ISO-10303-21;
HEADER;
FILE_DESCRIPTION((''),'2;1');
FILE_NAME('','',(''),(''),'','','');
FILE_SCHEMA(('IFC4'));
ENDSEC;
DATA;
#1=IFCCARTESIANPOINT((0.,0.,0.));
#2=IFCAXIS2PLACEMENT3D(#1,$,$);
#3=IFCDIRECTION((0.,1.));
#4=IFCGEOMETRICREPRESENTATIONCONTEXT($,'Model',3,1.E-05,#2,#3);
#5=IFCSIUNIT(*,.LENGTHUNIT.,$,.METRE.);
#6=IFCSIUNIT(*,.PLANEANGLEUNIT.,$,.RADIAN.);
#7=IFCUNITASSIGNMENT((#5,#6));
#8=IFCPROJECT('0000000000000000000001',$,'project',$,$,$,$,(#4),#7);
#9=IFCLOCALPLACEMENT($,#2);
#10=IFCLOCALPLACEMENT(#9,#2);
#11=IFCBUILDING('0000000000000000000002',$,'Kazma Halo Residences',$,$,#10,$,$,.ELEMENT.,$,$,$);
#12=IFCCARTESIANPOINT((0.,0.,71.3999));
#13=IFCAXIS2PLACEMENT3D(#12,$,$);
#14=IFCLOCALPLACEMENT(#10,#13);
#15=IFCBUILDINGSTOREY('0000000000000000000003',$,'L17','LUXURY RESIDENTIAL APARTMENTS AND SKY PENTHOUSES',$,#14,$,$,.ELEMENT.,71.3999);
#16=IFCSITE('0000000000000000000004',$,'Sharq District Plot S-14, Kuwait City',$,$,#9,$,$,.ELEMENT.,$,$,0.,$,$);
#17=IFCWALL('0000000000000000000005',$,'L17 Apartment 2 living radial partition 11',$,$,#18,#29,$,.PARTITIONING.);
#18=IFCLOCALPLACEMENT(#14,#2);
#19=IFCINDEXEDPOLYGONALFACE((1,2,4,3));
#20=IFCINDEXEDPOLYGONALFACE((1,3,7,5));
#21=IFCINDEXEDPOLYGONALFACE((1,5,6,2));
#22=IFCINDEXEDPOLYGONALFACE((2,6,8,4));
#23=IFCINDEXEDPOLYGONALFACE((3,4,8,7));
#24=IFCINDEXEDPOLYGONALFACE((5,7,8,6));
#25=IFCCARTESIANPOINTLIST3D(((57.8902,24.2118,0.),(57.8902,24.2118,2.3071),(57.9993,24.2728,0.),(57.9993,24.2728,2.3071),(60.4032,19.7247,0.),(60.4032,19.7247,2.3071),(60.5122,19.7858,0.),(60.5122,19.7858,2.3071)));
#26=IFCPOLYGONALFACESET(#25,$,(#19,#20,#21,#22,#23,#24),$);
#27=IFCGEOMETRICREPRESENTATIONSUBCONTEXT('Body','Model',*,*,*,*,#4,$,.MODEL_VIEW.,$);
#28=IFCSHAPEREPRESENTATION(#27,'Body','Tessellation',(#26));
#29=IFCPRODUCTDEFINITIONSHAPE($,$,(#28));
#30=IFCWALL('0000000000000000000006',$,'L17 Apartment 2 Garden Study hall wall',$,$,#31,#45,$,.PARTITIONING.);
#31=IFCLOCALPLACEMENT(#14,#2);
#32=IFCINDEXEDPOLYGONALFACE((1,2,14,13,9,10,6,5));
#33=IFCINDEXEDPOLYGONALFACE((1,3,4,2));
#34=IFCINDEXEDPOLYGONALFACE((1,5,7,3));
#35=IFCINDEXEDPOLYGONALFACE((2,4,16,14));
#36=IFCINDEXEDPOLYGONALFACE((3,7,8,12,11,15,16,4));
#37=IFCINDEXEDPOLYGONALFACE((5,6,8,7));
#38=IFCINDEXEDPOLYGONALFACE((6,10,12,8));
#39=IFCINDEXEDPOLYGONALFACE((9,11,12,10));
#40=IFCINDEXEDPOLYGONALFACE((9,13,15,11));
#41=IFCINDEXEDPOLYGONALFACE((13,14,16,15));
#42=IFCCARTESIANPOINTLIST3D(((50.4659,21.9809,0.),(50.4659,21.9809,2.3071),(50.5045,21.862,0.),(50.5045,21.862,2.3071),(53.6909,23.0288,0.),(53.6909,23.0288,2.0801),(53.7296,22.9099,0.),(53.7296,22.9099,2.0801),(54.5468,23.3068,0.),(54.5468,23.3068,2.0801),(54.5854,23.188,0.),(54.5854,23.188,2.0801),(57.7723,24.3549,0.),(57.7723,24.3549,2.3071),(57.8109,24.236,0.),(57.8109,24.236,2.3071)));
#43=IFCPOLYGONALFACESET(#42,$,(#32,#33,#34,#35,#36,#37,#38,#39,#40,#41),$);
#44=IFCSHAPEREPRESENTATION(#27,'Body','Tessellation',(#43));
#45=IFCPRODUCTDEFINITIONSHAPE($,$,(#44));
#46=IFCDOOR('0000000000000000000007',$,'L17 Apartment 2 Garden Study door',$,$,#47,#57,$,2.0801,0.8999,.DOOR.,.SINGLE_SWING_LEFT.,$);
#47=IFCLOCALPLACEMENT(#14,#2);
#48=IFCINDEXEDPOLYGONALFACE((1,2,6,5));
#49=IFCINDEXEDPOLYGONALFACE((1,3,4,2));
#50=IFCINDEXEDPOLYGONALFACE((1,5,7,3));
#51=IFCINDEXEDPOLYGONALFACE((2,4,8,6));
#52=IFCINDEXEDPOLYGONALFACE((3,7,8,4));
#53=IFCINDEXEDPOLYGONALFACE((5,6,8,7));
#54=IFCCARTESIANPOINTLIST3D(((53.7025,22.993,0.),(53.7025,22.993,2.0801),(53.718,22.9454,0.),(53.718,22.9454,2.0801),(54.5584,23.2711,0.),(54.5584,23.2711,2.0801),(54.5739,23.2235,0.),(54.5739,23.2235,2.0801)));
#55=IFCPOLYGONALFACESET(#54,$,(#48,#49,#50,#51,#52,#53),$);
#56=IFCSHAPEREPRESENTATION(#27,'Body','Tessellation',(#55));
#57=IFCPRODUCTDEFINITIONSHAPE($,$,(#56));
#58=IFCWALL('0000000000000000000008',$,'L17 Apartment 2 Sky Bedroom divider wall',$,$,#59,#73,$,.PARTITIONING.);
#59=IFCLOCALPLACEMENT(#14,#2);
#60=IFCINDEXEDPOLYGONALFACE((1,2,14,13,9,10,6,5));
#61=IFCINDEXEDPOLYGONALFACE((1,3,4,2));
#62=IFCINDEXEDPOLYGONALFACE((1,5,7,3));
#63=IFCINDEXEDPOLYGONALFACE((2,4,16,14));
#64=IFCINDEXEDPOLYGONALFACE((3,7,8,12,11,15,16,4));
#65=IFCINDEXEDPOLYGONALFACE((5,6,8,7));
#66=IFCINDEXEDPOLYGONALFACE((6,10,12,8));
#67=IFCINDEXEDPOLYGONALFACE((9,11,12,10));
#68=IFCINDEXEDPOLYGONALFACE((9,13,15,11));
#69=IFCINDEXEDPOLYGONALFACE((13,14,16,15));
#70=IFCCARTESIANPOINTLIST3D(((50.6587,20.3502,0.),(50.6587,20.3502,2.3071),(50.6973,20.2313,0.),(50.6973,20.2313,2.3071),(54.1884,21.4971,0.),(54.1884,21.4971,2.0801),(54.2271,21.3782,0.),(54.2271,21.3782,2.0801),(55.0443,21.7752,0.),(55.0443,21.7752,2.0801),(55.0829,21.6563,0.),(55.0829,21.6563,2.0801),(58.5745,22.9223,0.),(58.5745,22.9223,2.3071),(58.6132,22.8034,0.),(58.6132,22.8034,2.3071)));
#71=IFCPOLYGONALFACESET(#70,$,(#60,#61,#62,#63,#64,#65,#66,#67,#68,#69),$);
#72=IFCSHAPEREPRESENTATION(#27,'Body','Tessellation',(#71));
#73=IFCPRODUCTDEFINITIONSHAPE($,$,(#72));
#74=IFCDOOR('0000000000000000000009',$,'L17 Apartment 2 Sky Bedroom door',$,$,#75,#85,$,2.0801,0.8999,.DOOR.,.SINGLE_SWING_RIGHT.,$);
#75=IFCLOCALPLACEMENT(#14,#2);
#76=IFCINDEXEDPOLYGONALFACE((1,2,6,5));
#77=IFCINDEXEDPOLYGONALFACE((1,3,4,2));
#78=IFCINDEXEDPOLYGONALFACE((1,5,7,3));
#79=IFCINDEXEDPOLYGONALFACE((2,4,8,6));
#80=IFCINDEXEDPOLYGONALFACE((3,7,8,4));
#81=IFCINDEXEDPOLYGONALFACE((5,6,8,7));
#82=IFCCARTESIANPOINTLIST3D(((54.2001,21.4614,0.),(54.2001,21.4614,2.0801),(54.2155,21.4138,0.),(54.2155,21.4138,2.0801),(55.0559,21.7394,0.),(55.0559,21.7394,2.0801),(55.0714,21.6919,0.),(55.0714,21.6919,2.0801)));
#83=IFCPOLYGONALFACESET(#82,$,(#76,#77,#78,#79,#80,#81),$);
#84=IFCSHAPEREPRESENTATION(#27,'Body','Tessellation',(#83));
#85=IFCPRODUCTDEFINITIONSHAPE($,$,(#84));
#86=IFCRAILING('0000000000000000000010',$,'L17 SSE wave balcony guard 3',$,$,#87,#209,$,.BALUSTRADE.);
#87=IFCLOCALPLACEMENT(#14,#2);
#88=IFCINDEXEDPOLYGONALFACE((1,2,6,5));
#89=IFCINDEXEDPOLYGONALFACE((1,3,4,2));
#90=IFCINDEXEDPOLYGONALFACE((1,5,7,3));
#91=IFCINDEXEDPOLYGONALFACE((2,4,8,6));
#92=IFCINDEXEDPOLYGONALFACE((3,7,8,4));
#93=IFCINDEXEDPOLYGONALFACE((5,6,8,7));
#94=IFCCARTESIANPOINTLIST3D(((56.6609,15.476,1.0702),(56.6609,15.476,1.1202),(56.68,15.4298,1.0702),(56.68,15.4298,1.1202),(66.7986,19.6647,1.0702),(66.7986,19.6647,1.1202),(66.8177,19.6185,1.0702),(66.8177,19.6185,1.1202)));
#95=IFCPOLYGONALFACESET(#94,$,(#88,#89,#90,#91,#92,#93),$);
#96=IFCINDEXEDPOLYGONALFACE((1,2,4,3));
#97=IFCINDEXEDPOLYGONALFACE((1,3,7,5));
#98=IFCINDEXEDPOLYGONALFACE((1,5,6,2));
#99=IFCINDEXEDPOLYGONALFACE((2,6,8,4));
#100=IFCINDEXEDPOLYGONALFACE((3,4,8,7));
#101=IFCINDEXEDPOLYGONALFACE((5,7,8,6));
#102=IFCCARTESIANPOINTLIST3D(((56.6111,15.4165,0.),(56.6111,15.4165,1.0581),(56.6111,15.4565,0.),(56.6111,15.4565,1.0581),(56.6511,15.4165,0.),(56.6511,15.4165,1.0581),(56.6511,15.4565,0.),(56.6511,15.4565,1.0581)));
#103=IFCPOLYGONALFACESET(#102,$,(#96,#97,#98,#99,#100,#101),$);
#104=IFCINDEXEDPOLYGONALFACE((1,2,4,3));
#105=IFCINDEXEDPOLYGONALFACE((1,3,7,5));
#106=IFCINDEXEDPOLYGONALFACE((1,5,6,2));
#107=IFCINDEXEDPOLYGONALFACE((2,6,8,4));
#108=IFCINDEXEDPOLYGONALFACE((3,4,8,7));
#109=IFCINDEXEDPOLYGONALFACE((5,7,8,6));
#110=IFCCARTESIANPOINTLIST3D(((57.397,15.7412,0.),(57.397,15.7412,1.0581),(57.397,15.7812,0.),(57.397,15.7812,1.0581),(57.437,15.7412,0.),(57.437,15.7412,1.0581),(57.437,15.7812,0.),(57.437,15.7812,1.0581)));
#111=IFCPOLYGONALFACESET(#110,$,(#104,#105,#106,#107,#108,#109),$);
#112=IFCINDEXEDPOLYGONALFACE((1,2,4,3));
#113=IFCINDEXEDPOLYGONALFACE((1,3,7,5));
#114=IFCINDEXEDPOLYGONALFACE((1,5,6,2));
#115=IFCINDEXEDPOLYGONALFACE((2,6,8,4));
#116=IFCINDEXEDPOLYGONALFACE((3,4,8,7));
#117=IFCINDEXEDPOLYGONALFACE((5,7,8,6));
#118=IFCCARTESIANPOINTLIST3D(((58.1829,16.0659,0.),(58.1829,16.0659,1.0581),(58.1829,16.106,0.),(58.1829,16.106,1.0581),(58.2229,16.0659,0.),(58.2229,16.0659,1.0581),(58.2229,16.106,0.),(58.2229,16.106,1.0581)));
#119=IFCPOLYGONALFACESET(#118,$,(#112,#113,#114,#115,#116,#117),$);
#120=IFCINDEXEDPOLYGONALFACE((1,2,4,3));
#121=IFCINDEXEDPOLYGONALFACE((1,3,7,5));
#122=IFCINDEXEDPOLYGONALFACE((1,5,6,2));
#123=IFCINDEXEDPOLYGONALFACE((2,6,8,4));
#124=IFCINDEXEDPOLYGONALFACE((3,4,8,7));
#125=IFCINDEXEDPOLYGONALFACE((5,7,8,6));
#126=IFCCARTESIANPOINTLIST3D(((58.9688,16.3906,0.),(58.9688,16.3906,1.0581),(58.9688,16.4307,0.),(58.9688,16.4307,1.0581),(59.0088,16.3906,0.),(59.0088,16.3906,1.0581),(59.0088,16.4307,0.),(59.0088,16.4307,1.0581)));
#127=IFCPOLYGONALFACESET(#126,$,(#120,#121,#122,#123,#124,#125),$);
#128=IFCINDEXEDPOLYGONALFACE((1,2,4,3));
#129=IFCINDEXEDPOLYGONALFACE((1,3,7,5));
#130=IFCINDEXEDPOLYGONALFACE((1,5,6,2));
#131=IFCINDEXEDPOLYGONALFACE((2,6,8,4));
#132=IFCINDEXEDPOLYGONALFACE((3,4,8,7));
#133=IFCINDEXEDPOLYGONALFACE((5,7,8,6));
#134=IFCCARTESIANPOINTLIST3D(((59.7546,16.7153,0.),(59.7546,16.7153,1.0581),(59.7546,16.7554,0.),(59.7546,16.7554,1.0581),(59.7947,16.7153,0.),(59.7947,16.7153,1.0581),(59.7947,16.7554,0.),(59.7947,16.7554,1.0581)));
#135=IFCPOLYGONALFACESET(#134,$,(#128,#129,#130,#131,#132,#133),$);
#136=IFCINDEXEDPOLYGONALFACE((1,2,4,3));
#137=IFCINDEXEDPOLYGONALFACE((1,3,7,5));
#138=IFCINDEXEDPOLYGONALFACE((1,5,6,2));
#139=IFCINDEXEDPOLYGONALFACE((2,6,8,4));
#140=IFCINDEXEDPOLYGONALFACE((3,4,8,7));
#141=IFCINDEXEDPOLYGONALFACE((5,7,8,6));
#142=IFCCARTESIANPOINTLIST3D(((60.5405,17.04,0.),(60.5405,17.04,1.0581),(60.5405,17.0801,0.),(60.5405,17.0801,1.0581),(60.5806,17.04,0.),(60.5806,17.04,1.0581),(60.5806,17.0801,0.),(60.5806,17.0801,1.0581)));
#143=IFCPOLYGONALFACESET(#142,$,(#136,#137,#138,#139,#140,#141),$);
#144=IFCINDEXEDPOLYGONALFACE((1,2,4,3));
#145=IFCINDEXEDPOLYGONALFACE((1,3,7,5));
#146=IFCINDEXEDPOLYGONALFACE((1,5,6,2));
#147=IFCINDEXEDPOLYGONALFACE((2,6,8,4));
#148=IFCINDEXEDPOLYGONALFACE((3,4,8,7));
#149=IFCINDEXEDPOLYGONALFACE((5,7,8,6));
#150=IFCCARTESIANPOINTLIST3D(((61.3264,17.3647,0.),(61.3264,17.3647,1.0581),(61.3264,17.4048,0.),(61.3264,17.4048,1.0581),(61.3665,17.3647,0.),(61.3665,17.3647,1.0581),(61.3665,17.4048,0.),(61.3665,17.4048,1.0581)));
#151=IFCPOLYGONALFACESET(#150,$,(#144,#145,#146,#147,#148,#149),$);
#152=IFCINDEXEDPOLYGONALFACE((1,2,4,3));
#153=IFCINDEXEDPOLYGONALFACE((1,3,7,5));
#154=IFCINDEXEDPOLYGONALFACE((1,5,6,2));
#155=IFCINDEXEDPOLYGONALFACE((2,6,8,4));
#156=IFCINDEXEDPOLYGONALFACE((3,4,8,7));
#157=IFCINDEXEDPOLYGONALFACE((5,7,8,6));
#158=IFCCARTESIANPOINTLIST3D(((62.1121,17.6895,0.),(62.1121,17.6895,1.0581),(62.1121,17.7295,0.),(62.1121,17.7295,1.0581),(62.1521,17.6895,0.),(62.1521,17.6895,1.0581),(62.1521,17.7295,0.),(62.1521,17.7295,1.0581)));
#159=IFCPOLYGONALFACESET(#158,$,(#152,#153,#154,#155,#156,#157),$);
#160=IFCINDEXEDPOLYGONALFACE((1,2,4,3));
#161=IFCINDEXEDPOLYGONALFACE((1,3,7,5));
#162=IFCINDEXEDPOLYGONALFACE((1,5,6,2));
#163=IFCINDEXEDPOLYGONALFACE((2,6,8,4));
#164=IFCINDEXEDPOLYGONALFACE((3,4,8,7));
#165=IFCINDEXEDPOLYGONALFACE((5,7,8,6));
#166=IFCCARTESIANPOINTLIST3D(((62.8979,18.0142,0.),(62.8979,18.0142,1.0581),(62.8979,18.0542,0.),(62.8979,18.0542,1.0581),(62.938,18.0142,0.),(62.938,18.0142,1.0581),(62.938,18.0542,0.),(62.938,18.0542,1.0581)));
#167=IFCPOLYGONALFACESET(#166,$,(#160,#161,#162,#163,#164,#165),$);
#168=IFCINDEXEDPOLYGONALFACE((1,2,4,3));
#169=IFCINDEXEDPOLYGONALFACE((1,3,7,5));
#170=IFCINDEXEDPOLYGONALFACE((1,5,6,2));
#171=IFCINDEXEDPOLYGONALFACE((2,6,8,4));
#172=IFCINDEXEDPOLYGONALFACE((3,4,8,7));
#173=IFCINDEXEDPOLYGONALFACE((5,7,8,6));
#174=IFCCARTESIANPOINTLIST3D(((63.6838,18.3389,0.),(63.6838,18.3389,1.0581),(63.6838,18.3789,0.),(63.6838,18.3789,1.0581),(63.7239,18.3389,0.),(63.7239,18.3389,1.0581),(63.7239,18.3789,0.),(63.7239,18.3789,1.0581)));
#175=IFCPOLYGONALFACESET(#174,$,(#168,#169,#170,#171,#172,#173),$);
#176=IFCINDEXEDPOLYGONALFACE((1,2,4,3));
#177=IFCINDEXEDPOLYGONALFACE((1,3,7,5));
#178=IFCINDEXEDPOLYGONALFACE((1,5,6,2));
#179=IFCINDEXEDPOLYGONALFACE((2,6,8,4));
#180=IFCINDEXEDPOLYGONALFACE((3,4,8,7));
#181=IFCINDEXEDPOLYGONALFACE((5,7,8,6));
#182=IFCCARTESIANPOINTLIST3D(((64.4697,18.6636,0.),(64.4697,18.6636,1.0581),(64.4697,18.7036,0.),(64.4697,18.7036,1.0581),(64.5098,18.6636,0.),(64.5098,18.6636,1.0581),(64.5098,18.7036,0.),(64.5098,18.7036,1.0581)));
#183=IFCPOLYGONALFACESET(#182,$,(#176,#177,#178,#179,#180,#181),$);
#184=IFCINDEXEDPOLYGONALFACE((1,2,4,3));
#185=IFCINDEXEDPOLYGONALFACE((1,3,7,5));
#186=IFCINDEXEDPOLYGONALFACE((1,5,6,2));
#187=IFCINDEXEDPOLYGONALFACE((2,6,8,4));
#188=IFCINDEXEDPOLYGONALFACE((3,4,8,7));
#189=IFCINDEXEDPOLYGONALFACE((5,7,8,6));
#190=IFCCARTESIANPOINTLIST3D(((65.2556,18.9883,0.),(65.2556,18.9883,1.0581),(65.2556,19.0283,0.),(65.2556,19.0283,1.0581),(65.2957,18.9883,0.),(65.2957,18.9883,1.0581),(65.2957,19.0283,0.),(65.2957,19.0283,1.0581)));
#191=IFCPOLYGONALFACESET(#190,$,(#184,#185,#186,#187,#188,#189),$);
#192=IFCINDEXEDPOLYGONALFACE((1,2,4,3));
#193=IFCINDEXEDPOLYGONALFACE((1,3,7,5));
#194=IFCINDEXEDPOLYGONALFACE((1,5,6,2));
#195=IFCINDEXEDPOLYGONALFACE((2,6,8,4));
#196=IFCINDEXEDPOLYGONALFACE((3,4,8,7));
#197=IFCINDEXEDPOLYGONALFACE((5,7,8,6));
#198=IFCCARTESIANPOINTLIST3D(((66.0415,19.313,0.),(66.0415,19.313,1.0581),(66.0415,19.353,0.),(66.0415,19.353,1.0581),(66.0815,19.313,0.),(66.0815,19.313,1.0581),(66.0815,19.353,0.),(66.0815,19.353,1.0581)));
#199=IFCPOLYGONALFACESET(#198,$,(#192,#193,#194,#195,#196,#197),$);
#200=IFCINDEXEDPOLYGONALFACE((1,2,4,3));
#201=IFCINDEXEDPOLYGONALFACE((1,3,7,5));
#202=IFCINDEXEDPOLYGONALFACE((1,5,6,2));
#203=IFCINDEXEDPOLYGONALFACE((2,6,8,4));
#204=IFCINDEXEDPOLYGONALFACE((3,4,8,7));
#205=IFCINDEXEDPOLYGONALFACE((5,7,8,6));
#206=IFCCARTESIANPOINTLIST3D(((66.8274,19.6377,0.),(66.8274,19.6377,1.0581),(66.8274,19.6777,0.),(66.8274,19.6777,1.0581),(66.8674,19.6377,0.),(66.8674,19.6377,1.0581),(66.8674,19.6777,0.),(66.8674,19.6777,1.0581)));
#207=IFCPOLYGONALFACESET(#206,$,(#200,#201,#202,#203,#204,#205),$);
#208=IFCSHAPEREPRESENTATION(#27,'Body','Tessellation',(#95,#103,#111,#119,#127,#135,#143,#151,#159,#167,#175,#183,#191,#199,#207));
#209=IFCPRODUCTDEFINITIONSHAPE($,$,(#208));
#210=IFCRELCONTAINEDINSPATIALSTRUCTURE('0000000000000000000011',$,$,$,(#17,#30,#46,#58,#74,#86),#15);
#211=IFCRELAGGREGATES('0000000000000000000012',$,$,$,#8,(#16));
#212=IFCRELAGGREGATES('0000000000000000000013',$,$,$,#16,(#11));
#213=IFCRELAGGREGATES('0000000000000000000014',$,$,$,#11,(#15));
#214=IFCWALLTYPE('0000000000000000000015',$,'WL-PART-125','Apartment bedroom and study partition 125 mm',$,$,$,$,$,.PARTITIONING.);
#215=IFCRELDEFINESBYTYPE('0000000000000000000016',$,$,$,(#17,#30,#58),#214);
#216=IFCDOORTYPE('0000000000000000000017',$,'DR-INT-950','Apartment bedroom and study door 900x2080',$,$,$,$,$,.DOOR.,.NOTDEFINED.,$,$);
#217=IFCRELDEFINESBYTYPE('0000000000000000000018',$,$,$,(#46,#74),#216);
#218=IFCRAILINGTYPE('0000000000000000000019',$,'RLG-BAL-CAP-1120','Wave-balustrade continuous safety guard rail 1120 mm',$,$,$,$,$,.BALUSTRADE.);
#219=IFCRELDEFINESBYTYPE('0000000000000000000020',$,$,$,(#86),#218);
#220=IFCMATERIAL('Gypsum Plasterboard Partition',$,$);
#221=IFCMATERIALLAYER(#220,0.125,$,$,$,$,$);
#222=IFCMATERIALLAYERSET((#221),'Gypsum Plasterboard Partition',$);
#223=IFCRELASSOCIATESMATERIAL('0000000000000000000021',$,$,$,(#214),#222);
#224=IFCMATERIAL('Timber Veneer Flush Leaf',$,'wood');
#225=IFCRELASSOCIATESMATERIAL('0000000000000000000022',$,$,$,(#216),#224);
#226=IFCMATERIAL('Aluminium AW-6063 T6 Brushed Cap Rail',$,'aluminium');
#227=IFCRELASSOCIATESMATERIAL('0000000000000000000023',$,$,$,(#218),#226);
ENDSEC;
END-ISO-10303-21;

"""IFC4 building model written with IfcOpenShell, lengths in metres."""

from ifc_helpers import new_model, si_unit, direction, frame, frame_2d, origin, origin_2d, place, context, subcontext, project, spatial, rectangle, extrude, material, layer, layer_set, type_object, element, fill, save


model = new_model("IFC4")

# Units and contexts
model_context = context("Model", 3, precision=1e-05, world=origin(), true_north=direction((0.0, 1.0)))
body_context = subcontext(model_context, "Body", "Model", "MODEL_VIEW")
ifc_project = project(units=[si_unit("LENGTHUNIT", "METRE"), si_unit("PLANEANGLEUNIT", "RADIAN")], contexts=[model_context])

# Site, building, storey
site_placement = place(None, origin())
site = spatial("IfcSite", under=ifc_project, at=site_placement, Name="Sharq District Plot S-14, Kuwait City", CompositionType="ELEMENT", RefElevation=0.0)
building_placement = place(site_placement, origin())
building = spatial("IfcBuilding", under=site, at=building_placement, Name="Kazma Halo Residences", CompositionType="ELEMENT")
storey_placement = place(building_placement, frame((0.0, 0.0, 71.3999)))
storey = spatial("IfcBuildingStorey", under=building, at=storey_placement, Name="L17", Description="LUXURY RESIDENTIAL APARTMENTS AND SKY PENTHOUSES", CompositionType="ELEMENT", Elevation=71.3999)

# Wall
ifc_material_1 = material(Name="Gypsum Plasterboard Partition")
ifc_layer_1 = layer(ifc_material_1, 0.125)
ifc_layer_set_1 = layer_set([ifc_layer_1], Name="Gypsum Plasterboard Partition")
wall_type_1 = type_object("IfcWallType", Name="WL-PART-125", Description="Apartment bedroom and study partition 125 mm", PredefinedType="PARTITIONING", material=ifc_layer_set_1)
wall_1_placement = place(storey_placement, frame((57.9448, 24.2422, 0.0), z_axis=(0.0, 0.0, 1.0), x_axis=(0.488631, -0.872491, 0.0)))
element("IfcWall", 1, at=wall_1_placement, inside=storey, type_object=wall_type_1, Name="L17 Apartment 2 living radial partition 11", PredefinedType="PARTITIONING", context=body_context, shape_type="SweptSolid", body=[
    extrude(rectangle(XDim=5.1428, YDim=0.125, at=frame_2d((2.5713, 0.0))), origin(), (0.0, 0.0, 1.0), 2.3071),
])

# Walls, openings, doors
wall_2_placement = place(storey_placement, frame((50.4851, 21.9214, 0.0), z_axis=(0.0, 0.0, 1.0), x_axis=(0.951055, 0.309021, 0.0)))
wall_2 = element("IfcWall", 2, at=wall_2_placement, inside=storey, type_object=wall_type_1, Name="L17 Apartment 2 Garden Study hall wall", PredefinedType="PARTITIONING", context=body_context, shape_type="SweptSolid", body=[
    extrude(rectangle(XDim=7.6824, YDim=0.125, at=frame_2d((3.8413, 0.0))), origin(), (0.0, 0.0, 1.0), 2.3071),
])
opening_1_placement = place(wall_2_placement, frame((3.3911, 0.0, 0.0)))
opening_1 = element("IfcOpeningElement", 3, at=opening_1_placement, cuts=wall_2, PredefinedType="OPENING", context=body_context, shape_type="SweptSolid", body=[
    extrude(rectangle(XDim=0.8999, YDim=2.0801, at=frame_2d((0.45, 1.04))), frame((0.0, 0.0725, 0.0), z_axis=(0.0, -1.0, 0.0), x_axis=(1.0, 0.0, 0.0)), (0.0, 0.0, 1.0), 0.145),
])
ifc_material_2 = material(Name="Timber Veneer Flush Leaf", Category="wood")
door_type_1 = type_object("IfcDoorType", Name="DR-INT-950", Description="Apartment bedroom and study door 900x2080", OperationType="NOTDEFINED", PredefinedType="DOOR", material=ifc_material_2)
door_1_placement = place(opening_1_placement, origin())
door_1 = element("IfcDoor", 4, at=door_1_placement, inside=storey, type_object=door_type_1, Name="L17 Apartment 2 Garden Study door", OperationType="SINGLE_SWING_LEFT", OverallHeight=2.0801, OverallWidth=0.8999, PredefinedType="DOOR", context=body_context, shape_type="SweptSolid", body=[
    extrude(rectangle(XDim=0.8999, YDim=2.0801, at=frame_2d((0.45, 1.04))), frame((0.0, 0.0249, 0.0), z_axis=(0.0, -1.0, 0.0), x_axis=(1.0, 0.0, 0.0)), (0.0, 0.0, 1.0), 0.05),
])
fill(opening_1, door_1)
wall_3_placement = place(storey_placement, frame((50.678, 20.2908, 0.0), z_axis=(0.0, 0.0, 1.0), x_axis=(0.951055, 0.30902, 0.0)))
wall_3 = element("IfcWall", 5, at=wall_3_placement, inside=storey, type_object=wall_type_1, Name="L17 Apartment 2 Sky Bedroom divider wall", PredefinedType="PARTITIONING", context=body_context, shape_type="SweptSolid", body=[
    extrude(rectangle(XDim=8.3232, YDim=0.125, at=frame_2d((4.1616, 0.0))), origin(), (0.0, 0.0, 1.0), 2.3071),
])
opening_2_placement = place(wall_3_placement, frame((3.7114, 0.0, 0.0)))
opening_2 = element("IfcOpeningElement", 6, at=opening_2_placement, cuts=wall_3, PredefinedType="OPENING", context=body_context, shape_type="SweptSolid", body=[
    extrude(rectangle(XDim=0.8999, YDim=2.0801, at=frame_2d((0.45, 1.04))), frame((0.0, 0.0725, 0.0), z_axis=(0.0, -1.0, 0.0), x_axis=(1.0, 0.0, 0.0)), (0.0, 0.0, 1.0), 0.145),
])
door_2_placement = place(opening_2_placement, origin())
door_2 = element("IfcDoor", 7, at=door_2_placement, inside=storey, type_object=door_type_1, Name="L17 Apartment 2 Sky Bedroom door", OperationType="SINGLE_SWING_RIGHT", OverallHeight=2.0801, OverallWidth=0.8999, PredefinedType="DOOR", context=body_context, shape_type="SweptSolid", body=[
    extrude(rectangle(XDim=0.8999, YDim=2.0801, at=frame_2d((0.45, 1.04))), frame((0.0, 0.0249, 0.0), z_axis=(0.0, -1.0, 0.0), x_axis=(1.0, 0.0, 0.0)), (0.0, 0.0, 1.0), 0.05),
])
fill(opening_2, door_2)

# Railing
ifc_material_3 = material(Name="Aluminium AW-6063 T6 Brushed Cap Rail", Category="aluminium")
railing_type = type_object("IfcRailingType", Name="RLG-BAL-CAP-1120", Description="Wave-balustrade continuous safety guard rail 1120 mm", PredefinedType="BALUSTRADE", material=ifc_material_3)
railing_placement = place(storey_placement, frame((56.6311, 15.4365, 0.0)))
element("IfcRailing", 8, at=railing_placement, inside=storey, type_object=railing_type, Name="L17 SSE wave balcony guard 3", PredefinedType="BALUSTRADE", context=body_context, shape_type="SweptSolid", body=[
    extrude(rectangle(XDim=0.05, YDim=0.05, at=origin_2d()), frame((0.0393, 0.0164, 1.0952), z_axis=(0.924216, 0.381869, 0.0), x_axis=(-0.381869, 0.924216, 0.0)), (0.0, 0.0, 1.0), 10.969),
    extrude(rectangle(XDim=0.04, YDim=0.04, at=origin_2d()), origin(), (0.0, 0.0, 1.0), 1.0581),
    extrude(rectangle(XDim=0.04, YDim=0.04, at=origin_2d()), frame((0.7859, 0.3247, 0.0)), (0.0, 0.0, 1.0), 1.0581),
    extrude(rectangle(XDim=0.04, YDim=0.04, at=origin_2d()), frame((1.5718, 0.6494, 0.0)), (0.0, 0.0, 1.0), 1.0581),
    extrude(rectangle(XDim=0.04, YDim=0.04, at=origin_2d()), frame((2.3577, 0.9741, 0.0)), (0.0, 0.0, 1.0), 1.0581),
    extrude(rectangle(XDim=0.04, YDim=0.04, at=origin_2d()), frame((3.1436, 1.2988, 0.0)), (0.0, 0.0, 1.0), 1.0581),
    extrude(rectangle(XDim=0.04, YDim=0.04, at=origin_2d()), frame((3.9294, 1.6235, 0.0)), (0.0, 0.0, 1.0), 1.0581),
    extrude(rectangle(XDim=0.04, YDim=0.04, at=origin_2d()), frame((4.7153, 1.9482, 0.0)), (0.0, 0.0, 1.0), 1.0581),
    extrude(rectangle(XDim=0.04, YDim=0.04, at=origin_2d()), frame((5.501, 2.2729, 0.0)), (0.0, 0.0, 1.0), 1.0581),
    extrude(rectangle(XDim=0.04, YDim=0.04, at=origin_2d()), frame((6.2869, 2.5977, 0.0)), (0.0, 0.0, 1.0), 1.0581),
    extrude(rectangle(XDim=0.04, YDim=0.04, at=origin_2d()), frame((7.0728, 2.9224, 0.0)), (0.0, 0.0, 1.0), 1.0581),
    extrude(rectangle(XDim=0.04, YDim=0.04, at=origin_2d()), frame((7.8586, 3.2471, 0.0)), (0.0, 0.0, 1.0), 1.0581),
    extrude(rectangle(XDim=0.04, YDim=0.04, at=origin_2d()), frame((8.6445, 3.5718, 0.0)), (0.0, 0.0, 1.0), 1.0581),
    extrude(rectangle(XDim=0.04, YDim=0.04, at=origin_2d()), frame((9.4304, 3.8965, 0.0)), (0.0, 0.0, 1.0), 1.0581),
    extrude(rectangle(XDim=0.04, YDim=0.04, at=origin_2d()), frame((10.2163, 4.2212, 0.0)), (0.0, 0.0, 1.0), 1.0581),
])

save(model, "model.ifc")
